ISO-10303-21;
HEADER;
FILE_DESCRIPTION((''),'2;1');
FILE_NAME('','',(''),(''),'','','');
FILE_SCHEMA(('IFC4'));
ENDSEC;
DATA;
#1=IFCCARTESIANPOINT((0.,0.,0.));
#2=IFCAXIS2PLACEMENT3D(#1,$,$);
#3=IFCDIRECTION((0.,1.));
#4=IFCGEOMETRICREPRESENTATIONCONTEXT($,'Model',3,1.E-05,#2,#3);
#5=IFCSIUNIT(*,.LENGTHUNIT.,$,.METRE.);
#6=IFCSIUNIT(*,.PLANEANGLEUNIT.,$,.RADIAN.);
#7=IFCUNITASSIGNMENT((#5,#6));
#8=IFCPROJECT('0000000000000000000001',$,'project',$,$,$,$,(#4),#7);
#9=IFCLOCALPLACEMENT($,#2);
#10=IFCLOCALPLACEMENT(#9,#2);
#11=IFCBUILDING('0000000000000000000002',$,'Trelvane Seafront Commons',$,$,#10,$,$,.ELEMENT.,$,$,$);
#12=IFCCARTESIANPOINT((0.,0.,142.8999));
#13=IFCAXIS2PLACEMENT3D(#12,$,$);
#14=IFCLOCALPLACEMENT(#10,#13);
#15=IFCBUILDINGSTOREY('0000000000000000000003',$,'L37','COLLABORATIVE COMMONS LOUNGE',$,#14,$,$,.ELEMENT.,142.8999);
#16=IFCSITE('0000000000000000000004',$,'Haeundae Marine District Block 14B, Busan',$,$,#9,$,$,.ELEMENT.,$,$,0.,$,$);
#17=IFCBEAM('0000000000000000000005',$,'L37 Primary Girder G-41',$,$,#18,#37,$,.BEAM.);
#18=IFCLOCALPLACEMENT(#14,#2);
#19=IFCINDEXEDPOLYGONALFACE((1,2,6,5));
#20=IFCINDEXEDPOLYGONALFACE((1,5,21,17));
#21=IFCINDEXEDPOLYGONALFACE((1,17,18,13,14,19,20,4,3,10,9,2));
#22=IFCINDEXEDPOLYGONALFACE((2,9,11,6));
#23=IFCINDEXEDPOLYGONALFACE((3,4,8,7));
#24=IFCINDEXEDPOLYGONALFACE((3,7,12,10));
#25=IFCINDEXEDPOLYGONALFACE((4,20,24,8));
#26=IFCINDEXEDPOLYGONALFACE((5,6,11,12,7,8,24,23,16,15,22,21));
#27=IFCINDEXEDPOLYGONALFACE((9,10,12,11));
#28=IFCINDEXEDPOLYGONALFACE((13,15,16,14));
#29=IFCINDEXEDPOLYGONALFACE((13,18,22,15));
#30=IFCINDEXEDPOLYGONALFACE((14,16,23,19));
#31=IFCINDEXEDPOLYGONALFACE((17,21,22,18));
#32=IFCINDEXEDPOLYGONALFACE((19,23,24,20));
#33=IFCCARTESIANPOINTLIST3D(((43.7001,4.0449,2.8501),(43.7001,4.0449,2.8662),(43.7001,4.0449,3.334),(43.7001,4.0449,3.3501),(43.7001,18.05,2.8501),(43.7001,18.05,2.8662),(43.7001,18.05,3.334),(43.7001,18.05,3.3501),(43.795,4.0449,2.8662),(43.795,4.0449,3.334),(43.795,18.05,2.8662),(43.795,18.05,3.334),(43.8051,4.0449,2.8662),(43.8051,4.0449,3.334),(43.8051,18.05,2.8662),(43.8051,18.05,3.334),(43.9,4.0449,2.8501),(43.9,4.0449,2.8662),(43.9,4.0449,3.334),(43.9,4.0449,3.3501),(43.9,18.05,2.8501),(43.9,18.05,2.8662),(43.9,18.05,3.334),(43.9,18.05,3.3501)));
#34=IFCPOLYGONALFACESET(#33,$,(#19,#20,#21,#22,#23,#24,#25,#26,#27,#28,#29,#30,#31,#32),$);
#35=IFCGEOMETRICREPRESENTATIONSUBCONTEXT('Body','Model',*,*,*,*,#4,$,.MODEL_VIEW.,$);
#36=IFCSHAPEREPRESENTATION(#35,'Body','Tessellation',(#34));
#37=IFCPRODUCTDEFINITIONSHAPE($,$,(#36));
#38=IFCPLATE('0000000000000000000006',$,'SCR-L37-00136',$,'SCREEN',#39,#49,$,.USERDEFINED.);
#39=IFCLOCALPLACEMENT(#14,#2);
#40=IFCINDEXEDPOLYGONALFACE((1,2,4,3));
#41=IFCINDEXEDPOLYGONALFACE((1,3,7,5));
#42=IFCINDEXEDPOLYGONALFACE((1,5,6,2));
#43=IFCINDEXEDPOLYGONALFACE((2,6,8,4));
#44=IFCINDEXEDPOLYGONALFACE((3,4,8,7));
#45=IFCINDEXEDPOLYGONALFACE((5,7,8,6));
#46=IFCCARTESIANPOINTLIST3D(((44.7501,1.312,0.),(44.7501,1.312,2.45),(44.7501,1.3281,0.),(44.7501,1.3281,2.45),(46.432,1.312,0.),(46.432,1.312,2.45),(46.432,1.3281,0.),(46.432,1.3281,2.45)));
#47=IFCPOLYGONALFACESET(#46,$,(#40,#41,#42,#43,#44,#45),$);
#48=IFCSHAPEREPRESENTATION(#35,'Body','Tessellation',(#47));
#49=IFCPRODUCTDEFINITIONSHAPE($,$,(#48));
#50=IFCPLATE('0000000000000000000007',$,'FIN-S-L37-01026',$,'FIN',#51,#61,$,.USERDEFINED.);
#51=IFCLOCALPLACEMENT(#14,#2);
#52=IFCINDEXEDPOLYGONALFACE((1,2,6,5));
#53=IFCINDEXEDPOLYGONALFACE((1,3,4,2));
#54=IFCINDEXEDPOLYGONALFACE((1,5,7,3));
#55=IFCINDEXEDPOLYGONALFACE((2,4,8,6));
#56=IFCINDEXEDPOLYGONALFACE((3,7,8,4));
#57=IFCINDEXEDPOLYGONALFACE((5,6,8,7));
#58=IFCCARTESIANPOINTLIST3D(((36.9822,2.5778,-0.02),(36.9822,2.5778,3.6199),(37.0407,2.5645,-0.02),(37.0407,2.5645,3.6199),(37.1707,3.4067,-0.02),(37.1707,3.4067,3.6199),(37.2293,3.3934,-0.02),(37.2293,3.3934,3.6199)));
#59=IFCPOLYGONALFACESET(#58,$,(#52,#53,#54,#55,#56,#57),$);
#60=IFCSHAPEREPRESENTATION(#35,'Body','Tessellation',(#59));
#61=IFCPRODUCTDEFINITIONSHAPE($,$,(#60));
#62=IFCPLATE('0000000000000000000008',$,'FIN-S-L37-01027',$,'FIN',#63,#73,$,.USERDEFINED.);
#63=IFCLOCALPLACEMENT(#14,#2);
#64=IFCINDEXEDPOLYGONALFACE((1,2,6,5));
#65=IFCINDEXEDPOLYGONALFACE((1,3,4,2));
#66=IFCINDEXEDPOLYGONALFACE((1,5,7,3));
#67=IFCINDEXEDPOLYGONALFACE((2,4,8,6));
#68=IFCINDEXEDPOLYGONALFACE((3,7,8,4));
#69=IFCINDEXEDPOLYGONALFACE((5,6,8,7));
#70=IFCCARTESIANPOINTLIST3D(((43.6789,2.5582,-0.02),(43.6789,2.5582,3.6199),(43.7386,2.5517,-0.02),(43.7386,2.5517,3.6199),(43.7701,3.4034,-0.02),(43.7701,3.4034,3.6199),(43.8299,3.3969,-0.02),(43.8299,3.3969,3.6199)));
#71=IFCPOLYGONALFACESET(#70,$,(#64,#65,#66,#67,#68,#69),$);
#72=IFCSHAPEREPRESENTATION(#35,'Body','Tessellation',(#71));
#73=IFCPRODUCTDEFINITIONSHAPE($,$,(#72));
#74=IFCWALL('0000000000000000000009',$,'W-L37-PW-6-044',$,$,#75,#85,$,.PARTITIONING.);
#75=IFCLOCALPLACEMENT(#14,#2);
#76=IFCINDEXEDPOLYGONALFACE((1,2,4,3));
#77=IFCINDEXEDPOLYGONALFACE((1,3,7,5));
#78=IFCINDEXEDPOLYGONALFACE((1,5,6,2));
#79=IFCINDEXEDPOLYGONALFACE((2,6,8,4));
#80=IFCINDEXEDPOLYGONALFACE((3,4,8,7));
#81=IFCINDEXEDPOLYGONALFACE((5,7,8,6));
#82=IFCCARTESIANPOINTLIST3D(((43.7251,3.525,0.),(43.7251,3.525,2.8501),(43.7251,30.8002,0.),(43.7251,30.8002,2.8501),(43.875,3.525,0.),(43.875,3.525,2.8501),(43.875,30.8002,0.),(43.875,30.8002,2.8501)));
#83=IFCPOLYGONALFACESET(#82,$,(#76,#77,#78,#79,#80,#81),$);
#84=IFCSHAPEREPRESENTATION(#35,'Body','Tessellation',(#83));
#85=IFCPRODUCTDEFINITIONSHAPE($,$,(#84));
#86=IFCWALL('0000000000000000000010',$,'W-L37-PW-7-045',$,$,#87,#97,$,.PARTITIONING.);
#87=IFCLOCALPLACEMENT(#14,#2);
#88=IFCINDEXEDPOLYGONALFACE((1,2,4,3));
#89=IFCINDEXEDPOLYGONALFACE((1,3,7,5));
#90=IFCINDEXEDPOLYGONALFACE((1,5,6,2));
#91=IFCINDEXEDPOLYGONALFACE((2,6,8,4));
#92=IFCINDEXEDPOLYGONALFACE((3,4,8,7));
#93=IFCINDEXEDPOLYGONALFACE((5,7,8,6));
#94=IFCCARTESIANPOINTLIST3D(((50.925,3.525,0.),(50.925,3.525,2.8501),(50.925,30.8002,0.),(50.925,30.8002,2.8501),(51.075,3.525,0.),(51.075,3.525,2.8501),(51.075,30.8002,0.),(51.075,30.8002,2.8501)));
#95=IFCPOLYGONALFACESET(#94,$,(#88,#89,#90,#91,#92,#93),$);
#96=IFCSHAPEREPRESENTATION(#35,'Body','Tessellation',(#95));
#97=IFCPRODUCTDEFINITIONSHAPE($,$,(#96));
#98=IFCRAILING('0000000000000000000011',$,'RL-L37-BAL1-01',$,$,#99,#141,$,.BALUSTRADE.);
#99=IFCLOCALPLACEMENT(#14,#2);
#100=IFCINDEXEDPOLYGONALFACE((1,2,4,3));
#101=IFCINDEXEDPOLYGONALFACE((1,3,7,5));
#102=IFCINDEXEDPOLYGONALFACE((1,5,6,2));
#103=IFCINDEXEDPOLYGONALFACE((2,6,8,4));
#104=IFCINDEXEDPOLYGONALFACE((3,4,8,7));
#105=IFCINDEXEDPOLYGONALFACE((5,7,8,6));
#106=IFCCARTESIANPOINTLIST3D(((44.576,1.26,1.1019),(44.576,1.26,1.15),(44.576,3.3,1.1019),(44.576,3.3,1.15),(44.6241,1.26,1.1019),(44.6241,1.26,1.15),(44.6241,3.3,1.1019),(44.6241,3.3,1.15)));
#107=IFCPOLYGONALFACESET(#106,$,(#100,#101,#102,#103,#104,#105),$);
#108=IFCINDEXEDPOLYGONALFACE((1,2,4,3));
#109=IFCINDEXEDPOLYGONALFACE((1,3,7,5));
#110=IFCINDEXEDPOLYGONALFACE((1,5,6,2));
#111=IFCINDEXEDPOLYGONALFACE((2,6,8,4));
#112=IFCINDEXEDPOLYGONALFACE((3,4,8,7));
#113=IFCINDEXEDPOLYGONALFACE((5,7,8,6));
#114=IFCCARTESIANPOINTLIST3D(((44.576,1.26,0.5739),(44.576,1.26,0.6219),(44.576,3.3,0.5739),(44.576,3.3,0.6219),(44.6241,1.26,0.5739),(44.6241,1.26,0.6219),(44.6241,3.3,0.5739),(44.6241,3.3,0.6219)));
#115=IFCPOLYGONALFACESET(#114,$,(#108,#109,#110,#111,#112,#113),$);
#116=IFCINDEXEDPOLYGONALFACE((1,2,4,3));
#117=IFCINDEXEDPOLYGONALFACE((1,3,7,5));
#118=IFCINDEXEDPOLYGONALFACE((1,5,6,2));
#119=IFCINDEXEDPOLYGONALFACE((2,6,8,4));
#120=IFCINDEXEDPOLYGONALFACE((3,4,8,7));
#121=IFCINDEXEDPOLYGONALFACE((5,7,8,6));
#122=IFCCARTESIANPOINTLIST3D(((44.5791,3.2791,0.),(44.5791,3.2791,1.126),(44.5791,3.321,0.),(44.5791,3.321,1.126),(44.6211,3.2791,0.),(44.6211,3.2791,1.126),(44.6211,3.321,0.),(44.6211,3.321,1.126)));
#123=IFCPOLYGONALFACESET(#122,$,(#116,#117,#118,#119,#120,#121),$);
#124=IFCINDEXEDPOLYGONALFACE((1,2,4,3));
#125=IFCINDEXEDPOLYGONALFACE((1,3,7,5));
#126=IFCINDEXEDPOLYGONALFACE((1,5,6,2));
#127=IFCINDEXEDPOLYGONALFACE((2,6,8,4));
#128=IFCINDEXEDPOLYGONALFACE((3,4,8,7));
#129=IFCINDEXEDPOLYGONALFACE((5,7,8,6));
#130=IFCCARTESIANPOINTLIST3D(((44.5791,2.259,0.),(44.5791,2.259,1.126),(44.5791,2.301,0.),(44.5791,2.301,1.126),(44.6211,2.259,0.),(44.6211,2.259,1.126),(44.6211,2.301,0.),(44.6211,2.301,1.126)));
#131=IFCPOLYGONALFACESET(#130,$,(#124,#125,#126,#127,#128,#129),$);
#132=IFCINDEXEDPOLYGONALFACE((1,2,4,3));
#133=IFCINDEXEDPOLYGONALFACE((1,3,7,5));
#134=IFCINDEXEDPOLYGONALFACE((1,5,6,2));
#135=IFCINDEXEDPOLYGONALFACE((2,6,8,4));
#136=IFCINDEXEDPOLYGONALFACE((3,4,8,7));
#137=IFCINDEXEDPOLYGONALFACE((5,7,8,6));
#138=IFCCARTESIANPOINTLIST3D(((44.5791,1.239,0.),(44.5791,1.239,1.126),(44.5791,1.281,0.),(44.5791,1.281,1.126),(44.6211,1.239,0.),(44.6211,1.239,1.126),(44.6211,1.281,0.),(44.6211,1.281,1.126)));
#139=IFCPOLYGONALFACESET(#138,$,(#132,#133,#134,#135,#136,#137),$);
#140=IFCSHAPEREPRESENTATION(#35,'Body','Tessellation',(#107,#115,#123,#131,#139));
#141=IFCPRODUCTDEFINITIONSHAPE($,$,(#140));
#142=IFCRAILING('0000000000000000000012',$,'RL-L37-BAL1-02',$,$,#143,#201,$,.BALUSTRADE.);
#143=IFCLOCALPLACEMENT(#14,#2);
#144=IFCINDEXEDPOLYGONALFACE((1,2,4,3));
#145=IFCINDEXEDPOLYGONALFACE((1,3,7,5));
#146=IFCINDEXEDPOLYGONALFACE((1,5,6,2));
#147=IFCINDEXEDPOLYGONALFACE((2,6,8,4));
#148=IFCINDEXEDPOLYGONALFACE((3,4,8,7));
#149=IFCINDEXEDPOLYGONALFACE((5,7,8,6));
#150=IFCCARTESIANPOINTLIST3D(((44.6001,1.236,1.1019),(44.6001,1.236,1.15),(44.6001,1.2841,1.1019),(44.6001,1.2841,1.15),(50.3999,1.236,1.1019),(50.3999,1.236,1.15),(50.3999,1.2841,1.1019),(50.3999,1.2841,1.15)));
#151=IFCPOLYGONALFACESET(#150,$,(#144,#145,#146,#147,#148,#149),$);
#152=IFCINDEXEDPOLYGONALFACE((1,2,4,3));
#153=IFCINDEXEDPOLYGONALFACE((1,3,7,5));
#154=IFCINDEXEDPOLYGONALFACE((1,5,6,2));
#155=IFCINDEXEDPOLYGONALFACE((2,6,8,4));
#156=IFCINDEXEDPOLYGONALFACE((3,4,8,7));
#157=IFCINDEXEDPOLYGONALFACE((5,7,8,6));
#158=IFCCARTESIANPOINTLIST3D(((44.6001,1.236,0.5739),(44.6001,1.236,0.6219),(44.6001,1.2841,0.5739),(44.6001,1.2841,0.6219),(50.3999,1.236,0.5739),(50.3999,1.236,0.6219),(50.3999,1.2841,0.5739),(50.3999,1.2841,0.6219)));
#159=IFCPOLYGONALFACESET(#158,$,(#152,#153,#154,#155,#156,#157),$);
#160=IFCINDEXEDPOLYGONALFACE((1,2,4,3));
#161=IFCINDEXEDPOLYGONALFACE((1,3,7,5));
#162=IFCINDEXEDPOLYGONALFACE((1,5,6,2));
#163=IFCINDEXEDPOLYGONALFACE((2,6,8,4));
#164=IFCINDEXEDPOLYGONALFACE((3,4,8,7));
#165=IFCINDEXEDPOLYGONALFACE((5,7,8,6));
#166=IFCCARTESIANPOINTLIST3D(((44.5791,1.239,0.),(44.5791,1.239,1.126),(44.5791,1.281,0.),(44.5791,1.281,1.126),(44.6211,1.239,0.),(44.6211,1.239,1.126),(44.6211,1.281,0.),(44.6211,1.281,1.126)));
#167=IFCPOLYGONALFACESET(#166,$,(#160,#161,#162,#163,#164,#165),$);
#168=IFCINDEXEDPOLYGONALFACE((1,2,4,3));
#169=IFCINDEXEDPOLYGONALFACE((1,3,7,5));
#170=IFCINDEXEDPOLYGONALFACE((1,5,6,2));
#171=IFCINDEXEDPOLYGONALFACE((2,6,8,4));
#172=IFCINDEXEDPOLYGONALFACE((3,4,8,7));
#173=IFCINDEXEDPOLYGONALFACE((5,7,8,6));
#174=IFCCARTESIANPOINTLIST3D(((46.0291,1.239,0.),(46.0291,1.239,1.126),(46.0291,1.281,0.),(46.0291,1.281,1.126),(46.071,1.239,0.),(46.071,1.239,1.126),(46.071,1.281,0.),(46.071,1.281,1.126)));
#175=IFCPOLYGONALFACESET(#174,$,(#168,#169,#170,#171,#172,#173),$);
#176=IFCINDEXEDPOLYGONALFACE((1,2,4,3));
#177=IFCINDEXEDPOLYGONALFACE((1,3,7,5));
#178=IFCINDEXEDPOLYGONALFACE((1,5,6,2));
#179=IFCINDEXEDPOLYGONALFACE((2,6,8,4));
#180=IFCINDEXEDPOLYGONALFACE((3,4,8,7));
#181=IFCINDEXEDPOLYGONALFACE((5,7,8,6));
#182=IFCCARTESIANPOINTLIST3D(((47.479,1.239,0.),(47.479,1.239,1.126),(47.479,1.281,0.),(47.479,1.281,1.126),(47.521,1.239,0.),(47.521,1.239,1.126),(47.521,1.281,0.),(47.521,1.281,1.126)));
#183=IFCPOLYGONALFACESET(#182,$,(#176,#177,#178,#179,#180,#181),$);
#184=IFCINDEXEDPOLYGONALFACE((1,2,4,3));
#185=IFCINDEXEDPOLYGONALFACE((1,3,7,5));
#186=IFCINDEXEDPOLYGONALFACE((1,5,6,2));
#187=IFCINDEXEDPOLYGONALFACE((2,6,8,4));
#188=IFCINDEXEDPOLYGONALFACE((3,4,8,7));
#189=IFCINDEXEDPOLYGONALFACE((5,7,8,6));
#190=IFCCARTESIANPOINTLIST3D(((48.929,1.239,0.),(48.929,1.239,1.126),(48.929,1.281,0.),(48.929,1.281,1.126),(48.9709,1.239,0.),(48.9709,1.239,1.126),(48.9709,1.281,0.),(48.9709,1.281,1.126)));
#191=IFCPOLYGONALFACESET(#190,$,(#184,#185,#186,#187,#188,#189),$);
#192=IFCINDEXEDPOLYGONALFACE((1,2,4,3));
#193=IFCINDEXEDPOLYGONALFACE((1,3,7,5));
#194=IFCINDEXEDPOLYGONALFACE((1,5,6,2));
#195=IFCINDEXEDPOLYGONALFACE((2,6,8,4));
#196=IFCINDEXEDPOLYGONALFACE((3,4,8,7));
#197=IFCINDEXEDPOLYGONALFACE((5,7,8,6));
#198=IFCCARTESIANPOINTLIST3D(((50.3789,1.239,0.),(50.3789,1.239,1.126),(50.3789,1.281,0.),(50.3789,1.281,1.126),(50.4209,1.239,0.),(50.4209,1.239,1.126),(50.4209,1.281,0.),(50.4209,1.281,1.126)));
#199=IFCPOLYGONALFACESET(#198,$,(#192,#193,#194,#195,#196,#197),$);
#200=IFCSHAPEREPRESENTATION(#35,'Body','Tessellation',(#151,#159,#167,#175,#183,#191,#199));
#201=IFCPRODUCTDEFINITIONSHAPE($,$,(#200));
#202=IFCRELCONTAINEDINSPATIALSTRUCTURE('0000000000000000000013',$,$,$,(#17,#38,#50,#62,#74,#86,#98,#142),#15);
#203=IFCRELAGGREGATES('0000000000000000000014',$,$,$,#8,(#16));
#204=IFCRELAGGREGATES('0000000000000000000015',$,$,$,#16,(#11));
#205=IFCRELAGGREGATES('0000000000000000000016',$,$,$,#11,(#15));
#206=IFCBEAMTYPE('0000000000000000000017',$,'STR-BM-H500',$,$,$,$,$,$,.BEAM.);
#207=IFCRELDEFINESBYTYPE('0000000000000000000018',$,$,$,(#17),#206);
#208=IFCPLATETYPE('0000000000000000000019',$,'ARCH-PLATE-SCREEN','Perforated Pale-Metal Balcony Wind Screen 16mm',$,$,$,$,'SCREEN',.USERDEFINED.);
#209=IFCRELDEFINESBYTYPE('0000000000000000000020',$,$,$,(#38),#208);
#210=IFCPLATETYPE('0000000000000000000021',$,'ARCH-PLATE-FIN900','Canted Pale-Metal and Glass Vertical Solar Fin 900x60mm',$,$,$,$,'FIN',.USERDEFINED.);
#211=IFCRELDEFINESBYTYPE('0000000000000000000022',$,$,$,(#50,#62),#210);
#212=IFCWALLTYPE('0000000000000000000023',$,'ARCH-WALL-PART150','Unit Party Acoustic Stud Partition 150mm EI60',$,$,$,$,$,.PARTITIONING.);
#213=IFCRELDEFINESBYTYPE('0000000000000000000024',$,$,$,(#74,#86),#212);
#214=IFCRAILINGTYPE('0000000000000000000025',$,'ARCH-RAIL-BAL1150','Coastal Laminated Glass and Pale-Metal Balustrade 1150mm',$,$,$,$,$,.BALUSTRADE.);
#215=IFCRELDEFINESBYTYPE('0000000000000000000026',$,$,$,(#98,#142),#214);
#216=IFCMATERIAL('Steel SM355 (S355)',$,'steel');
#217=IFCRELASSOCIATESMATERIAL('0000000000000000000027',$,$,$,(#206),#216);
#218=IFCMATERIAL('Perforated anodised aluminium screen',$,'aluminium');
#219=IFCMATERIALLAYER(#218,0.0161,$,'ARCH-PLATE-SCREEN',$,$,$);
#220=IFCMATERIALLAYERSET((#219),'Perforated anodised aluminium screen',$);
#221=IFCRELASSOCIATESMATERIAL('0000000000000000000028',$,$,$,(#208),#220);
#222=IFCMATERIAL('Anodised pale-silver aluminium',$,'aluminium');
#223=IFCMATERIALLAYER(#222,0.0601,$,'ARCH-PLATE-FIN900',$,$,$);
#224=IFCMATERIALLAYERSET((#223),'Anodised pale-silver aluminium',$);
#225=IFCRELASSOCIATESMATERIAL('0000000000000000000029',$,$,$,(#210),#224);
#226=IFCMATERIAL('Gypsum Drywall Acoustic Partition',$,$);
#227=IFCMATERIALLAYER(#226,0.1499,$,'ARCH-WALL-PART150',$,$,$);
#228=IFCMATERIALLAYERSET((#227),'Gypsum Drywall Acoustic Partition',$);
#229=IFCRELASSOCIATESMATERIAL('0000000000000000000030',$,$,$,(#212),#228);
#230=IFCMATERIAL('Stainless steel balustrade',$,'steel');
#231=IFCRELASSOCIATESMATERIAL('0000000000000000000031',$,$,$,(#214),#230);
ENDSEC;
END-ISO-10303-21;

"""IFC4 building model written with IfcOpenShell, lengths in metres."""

from ifc_helpers import new_model, si_unit, direction, frame, frame_2d, origin, origin_2d, place, context, subcontext, project, spatial, rectangle, i_section, extrude, source, transform, mapped, material, layer, layer_set, material_profile, profile_set, type_object, element, save


model = new_model("IFC4")

# Units and contexts
model_context = context("Model", 3, precision=1e-05, world=origin(), true_north=direction((0.0, 1.0)))
body_context = subcontext(model_context, "Body", "Model", "MODEL_VIEW")
ifc_project = project(units=[si_unit("LENGTHUNIT", "METRE"), si_unit("PLANEANGLEUNIT", "RADIAN")], contexts=[model_context])

# Site, building, storey
site_placement = place(None, origin())
site = spatial("IfcSite", under=ifc_project, at=site_placement, Name="Haeundae Marine District Block 14B, Busan", CompositionType="ELEMENT", RefElevation=0.0)
building_placement = place(site_placement, origin())
building = spatial("IfcBuilding", under=site, at=building_placement, Name="Trelvane Seafront Commons", CompositionType="ELEMENT")
storey_placement = place(building_placement, frame((0.0, 0.0, 142.8999)))
storey = spatial("IfcBuildingStorey", under=building, at=storey_placement, Name="L37", Description="COLLABORATIVE COMMONS LOUNGE", CompositionType="ELEMENT", Elevation=142.8999)

# Shared definitions
ifc_material_1 = material(Name="Steel SM355 (S355)", Category="steel")

# Beam
ifc_material_profile_1 = material_profile(ifc_material_1, i_section(OverallWidth=0.2, OverallDepth=0.5, WebThickness=0.01, FlangeThickness=0.0161, at=origin_2d()), Name="H-500x200x10x16")
ifc_profile_set_1 = profile_set([ifc_material_profile_1], Name="Steel SM355 (S355)")
beam_type_1 = type_object("IfcBeamType", Name="STR-BM-H500", PredefinedType="BEAM", material=ifc_profile_set_1)
shared_shape_1 = source(origin(), body_context, "Body", "SweptSolid", [
    extrude(i_section(OverallWidth=0.2, OverallDepth=0.5, WebThickness=0.01, FlangeThickness=0.0161, at=origin_2d()), origin(), (0.0, 0.0, 1.0), 14.0051),
])
beam_1_placement = place(storey_placement, frame((43.8, 4.0449, 3.1001), z_axis=(0.0, 1.0, 0.0), x_axis=(-1.0, 0.0, 0.0)))
element("IfcBeam", 1, at=beam_1_placement, inside=storey, type_object=beam_type_1, Name="L37 Primary Girder G-41", PredefinedType="BEAM", context=body_context, shape_type="MappedRepresentation", body=[
    mapped(shared_shape_1, transform((0.0, 0.0, 0.0), x_axis=(1.0, 0.0, 0.0), y_axis=(0.0, 1.0, 0.0), z_axis=(0.0, 0.0, 1.0), scale=1.0)),
])

# Plates
ifc_material_2 = material(Name="Perforated anodised aluminium screen", Category="aluminium")
ifc_layer_1 = layer(ifc_material_2, 0.0161, Name="ARCH-PLATE-SCREEN")
ifc_layer_set_1 = layer_set([ifc_layer_1], Name="Perforated anodised aluminium screen")
plate_type_1 = type_object("IfcPlateType", Name="ARCH-PLATE-SCREEN", Description="Perforated Pale-Metal Balcony Wind Screen 16mm", ElementType="SCREEN", PredefinedType="USERDEFINED", material=ifc_layer_set_1)
shared_shape_2 = source(origin(), body_context, "Body", "SweptSolid", [
    extrude(rectangle(XDim=1.6819, YDim=0.0161, at=origin_2d()), origin(), (0.0, 0.0, 1.0), 2.45),
])
plate_placement = place(storey_placement, frame((45.5911, 1.3201, 0.0), z_axis=(0.0, 0.0, 1.0), x_axis=(1.0, 0.0, 0.0)))
element("IfcPlate", 2, at=plate_placement, inside=storey, type_object=plate_type_1, Name="SCR-L37-00136", ObjectType="SCREEN", PredefinedType="USERDEFINED", context=body_context, shape_type="MappedRepresentation", body=[
    mapped(shared_shape_2, transform((0.0, 0.0, 0.0), x_axis=(1.0, 0.0, 0.0), y_axis=(0.0, 1.0, 0.0), z_axis=(0.0, 0.0, 1.0), scale=1.0)),
])
ifc_material_3 = material(Name="Anodised pale-silver aluminium", Category="aluminium")
ifc_layer_2 = layer(ifc_material_3, 0.0601, Name="ARCH-PLATE-FIN900")
ifc_layer_set_2 = layer_set([ifc_layer_2], Name="Anodised pale-silver aluminium")
plate_type_2 = type_object("IfcPlateType", Name="ARCH-PLATE-FIN900", Description="Canted Pale-Metal and Glass Vertical Solar Fin 900x60mm", ElementType="FIN", PredefinedType="USERDEFINED", material=ifc_layer_set_2)
shared_shape_3 = source(origin(), body_context, "Body", "SweptSolid", [
    extrude(rectangle(XDim=0.8501, YDim=0.0601, at=origin_2d()), origin(), (0.0, 0.0, 1.0), 3.6399),
])
for number, where, z_axis, x_axis, name in (
    (3, (37.1057, 2.9856, -0.02), (0.0, 0.0, 1.0), (-0.221773, -0.975098, 0.0), "FIN-S-L37-01026"),
    (4, (43.7544, 2.9775, -0.02), (0.0, 0.0, 1.0), (-0.107293, -0.994227, 0.0), "FIN-S-L37-01027"),
):
    element("IfcPlate", number, at=place(storey_placement, frame(where, z_axis=z_axis, x_axis=x_axis)), inside=storey, type_object=plate_type_2, Name=name, ObjectType="FIN", PredefinedType="USERDEFINED", context=body_context, shape_type="MappedRepresentation", body=[
        mapped(shared_shape_3, transform((0.0, 0.0, 0.0), x_axis=(1.0, 0.0, 0.0), y_axis=(0.0, 1.0, 0.0), z_axis=(0.0, 0.0, 1.0), scale=1.0)),
    ])

# Shared definitions
ifc_material_4 = material(Name="Gypsum Drywall Acoustic Partition")

# Walls
ifc_layer_3 = layer(ifc_material_4, 0.1499, Name="ARCH-WALL-PART150")
ifc_layer_set_3 = layer_set([ifc_layer_3], Name="Gypsum Drywall Acoustic Partition")
wall_type_1 = type_object("IfcWallType", Name="ARCH-WALL-PART150", Description="Unit Party Acoustic Stud Partition 150mm EI60", PredefinedType="PARTITIONING", material=ifc_layer_set_3)
for number, where, z_axis, x_axis, name in (
    (5, (43.8, 3.5249, 0.0), (0.0, 0.0, 1.0), (0.0, 1.0, 0.0), "W-L37-PW-6-044"),
    (6, (51.0, 3.5249, 0.0), (0.0, 0.0, 1.0), (0.0, 1.0, 0.0), "W-L37-PW-7-045"),
):
    element("IfcWall", number, at=place(storey_placement, frame(where, z_axis=z_axis, x_axis=x_axis)), inside=storey, type_object=wall_type_1, Name=name, PredefinedType="PARTITIONING", context=body_context, shape_type="SweptSolid", body=[
        extrude(rectangle(XDim=27.2751, YDim=0.1499, at=frame_2d((13.6377, 0.0))), origin(), (0.0, 0.0, 1.0), 2.8501),
    ])

# Railings
ifc_material_5 = material(Name="Stainless steel balustrade", Category="steel")
railing_type = type_object("IfcRailingType", Name="ARCH-RAIL-BAL1150", Description="Coastal Laminated Glass and Pale-Metal Balustrade 1150mm", PredefinedType="BALUSTRADE", material=ifc_material_5)
railing_1_placement = place(storey_placement, frame((44.6001, 3.3, 0.0)))
element("IfcRailing", 7, at=railing_1_placement, inside=storey, type_object=railing_type, Name="RL-L37-BAL1-01", PredefinedType="BALUSTRADE", context=body_context, shape_type="SweptSolid", body=[
    extrude(rectangle(XDim=0.0481, YDim=0.0481, at=origin_2d()), frame((0.0, 0.0, 1.126), z_axis=(0.0, -1.0, 0.0), x_axis=(1.0, 0.0, 0.0)), (0.0, 0.0, 1.0), 2.04),
    extrude(rectangle(XDim=0.0481, YDim=0.0481, at=origin_2d()), frame((0.0, 0.0, 0.5979), z_axis=(0.0, -1.0, 0.0), x_axis=(1.0, 0.0, 0.0)), (0.0, 0.0, 1.0), 2.04),
    extrude(rectangle(XDim=0.042, YDim=0.042, at=origin_2d()), origin(), (0.0, 0.0, 1.0), 1.126),
    extrude(rectangle(XDim=0.042, YDim=0.042, at=origin_2d()), frame((0.0, -1.02, 0.0)), (0.0, 0.0, 1.0), 1.126),
    extrude(rectangle(XDim=0.042, YDim=0.042, at=origin_2d()), frame((0.0, -2.04, 0.0)), (0.0, 0.0, 1.0), 1.126),
])
railing_2_placement = place(storey_placement, frame((44.6001, 1.26, 0.0)))
element("IfcRailing", 8, at=railing_2_placement, inside=storey, type_object=railing_type, Name="RL-L37-BAL1-02", PredefinedType="BALUSTRADE", context=body_context, shape_type="SweptSolid", body=[
    extrude(rectangle(XDim=0.0481, YDim=0.0481, at=origin_2d()), frame((0.0, 0.0, 1.126), z_axis=(1.0, 0.0, 0.0), x_axis=(0.0, 1.0, 0.0)), (0.0, 0.0, 1.0), 5.7998),
    extrude(rectangle(XDim=0.0481, YDim=0.0481, at=origin_2d()), frame((0.0, 0.0, 0.5979), z_axis=(1.0, 0.0, 0.0), x_axis=(0.0, 1.0, 0.0)), (0.0, 0.0, 1.0), 5.7998),
    extrude(rectangle(XDim=0.042, YDim=0.042, at=origin_2d()), origin(), (0.0, 0.0, 1.0), 1.126),
    extrude(rectangle(XDim=0.042, YDim=0.042, at=origin_2d()), frame((1.45, 0.0, 0.0)), (0.0, 0.0, 1.0), 1.126),
    extrude(rectangle(XDim=0.042, YDim=0.042, at=origin_2d()), frame((2.8999, 0.0, 0.0)), (0.0, 0.0, 1.0), 1.126),
    extrude(rectangle(XDim=0.042, YDim=0.042, at=origin_2d()), frame((4.3499, 0.0, 0.0)), (0.0, 0.0, 1.0), 1.126),
    extrude(rectangle(XDim=0.042, YDim=0.042, at=origin_2d()), frame((5.7998, 0.0, 0.0)), (0.0, 0.0, 1.0), 1.126),
])

save(model, "model.ifc")
